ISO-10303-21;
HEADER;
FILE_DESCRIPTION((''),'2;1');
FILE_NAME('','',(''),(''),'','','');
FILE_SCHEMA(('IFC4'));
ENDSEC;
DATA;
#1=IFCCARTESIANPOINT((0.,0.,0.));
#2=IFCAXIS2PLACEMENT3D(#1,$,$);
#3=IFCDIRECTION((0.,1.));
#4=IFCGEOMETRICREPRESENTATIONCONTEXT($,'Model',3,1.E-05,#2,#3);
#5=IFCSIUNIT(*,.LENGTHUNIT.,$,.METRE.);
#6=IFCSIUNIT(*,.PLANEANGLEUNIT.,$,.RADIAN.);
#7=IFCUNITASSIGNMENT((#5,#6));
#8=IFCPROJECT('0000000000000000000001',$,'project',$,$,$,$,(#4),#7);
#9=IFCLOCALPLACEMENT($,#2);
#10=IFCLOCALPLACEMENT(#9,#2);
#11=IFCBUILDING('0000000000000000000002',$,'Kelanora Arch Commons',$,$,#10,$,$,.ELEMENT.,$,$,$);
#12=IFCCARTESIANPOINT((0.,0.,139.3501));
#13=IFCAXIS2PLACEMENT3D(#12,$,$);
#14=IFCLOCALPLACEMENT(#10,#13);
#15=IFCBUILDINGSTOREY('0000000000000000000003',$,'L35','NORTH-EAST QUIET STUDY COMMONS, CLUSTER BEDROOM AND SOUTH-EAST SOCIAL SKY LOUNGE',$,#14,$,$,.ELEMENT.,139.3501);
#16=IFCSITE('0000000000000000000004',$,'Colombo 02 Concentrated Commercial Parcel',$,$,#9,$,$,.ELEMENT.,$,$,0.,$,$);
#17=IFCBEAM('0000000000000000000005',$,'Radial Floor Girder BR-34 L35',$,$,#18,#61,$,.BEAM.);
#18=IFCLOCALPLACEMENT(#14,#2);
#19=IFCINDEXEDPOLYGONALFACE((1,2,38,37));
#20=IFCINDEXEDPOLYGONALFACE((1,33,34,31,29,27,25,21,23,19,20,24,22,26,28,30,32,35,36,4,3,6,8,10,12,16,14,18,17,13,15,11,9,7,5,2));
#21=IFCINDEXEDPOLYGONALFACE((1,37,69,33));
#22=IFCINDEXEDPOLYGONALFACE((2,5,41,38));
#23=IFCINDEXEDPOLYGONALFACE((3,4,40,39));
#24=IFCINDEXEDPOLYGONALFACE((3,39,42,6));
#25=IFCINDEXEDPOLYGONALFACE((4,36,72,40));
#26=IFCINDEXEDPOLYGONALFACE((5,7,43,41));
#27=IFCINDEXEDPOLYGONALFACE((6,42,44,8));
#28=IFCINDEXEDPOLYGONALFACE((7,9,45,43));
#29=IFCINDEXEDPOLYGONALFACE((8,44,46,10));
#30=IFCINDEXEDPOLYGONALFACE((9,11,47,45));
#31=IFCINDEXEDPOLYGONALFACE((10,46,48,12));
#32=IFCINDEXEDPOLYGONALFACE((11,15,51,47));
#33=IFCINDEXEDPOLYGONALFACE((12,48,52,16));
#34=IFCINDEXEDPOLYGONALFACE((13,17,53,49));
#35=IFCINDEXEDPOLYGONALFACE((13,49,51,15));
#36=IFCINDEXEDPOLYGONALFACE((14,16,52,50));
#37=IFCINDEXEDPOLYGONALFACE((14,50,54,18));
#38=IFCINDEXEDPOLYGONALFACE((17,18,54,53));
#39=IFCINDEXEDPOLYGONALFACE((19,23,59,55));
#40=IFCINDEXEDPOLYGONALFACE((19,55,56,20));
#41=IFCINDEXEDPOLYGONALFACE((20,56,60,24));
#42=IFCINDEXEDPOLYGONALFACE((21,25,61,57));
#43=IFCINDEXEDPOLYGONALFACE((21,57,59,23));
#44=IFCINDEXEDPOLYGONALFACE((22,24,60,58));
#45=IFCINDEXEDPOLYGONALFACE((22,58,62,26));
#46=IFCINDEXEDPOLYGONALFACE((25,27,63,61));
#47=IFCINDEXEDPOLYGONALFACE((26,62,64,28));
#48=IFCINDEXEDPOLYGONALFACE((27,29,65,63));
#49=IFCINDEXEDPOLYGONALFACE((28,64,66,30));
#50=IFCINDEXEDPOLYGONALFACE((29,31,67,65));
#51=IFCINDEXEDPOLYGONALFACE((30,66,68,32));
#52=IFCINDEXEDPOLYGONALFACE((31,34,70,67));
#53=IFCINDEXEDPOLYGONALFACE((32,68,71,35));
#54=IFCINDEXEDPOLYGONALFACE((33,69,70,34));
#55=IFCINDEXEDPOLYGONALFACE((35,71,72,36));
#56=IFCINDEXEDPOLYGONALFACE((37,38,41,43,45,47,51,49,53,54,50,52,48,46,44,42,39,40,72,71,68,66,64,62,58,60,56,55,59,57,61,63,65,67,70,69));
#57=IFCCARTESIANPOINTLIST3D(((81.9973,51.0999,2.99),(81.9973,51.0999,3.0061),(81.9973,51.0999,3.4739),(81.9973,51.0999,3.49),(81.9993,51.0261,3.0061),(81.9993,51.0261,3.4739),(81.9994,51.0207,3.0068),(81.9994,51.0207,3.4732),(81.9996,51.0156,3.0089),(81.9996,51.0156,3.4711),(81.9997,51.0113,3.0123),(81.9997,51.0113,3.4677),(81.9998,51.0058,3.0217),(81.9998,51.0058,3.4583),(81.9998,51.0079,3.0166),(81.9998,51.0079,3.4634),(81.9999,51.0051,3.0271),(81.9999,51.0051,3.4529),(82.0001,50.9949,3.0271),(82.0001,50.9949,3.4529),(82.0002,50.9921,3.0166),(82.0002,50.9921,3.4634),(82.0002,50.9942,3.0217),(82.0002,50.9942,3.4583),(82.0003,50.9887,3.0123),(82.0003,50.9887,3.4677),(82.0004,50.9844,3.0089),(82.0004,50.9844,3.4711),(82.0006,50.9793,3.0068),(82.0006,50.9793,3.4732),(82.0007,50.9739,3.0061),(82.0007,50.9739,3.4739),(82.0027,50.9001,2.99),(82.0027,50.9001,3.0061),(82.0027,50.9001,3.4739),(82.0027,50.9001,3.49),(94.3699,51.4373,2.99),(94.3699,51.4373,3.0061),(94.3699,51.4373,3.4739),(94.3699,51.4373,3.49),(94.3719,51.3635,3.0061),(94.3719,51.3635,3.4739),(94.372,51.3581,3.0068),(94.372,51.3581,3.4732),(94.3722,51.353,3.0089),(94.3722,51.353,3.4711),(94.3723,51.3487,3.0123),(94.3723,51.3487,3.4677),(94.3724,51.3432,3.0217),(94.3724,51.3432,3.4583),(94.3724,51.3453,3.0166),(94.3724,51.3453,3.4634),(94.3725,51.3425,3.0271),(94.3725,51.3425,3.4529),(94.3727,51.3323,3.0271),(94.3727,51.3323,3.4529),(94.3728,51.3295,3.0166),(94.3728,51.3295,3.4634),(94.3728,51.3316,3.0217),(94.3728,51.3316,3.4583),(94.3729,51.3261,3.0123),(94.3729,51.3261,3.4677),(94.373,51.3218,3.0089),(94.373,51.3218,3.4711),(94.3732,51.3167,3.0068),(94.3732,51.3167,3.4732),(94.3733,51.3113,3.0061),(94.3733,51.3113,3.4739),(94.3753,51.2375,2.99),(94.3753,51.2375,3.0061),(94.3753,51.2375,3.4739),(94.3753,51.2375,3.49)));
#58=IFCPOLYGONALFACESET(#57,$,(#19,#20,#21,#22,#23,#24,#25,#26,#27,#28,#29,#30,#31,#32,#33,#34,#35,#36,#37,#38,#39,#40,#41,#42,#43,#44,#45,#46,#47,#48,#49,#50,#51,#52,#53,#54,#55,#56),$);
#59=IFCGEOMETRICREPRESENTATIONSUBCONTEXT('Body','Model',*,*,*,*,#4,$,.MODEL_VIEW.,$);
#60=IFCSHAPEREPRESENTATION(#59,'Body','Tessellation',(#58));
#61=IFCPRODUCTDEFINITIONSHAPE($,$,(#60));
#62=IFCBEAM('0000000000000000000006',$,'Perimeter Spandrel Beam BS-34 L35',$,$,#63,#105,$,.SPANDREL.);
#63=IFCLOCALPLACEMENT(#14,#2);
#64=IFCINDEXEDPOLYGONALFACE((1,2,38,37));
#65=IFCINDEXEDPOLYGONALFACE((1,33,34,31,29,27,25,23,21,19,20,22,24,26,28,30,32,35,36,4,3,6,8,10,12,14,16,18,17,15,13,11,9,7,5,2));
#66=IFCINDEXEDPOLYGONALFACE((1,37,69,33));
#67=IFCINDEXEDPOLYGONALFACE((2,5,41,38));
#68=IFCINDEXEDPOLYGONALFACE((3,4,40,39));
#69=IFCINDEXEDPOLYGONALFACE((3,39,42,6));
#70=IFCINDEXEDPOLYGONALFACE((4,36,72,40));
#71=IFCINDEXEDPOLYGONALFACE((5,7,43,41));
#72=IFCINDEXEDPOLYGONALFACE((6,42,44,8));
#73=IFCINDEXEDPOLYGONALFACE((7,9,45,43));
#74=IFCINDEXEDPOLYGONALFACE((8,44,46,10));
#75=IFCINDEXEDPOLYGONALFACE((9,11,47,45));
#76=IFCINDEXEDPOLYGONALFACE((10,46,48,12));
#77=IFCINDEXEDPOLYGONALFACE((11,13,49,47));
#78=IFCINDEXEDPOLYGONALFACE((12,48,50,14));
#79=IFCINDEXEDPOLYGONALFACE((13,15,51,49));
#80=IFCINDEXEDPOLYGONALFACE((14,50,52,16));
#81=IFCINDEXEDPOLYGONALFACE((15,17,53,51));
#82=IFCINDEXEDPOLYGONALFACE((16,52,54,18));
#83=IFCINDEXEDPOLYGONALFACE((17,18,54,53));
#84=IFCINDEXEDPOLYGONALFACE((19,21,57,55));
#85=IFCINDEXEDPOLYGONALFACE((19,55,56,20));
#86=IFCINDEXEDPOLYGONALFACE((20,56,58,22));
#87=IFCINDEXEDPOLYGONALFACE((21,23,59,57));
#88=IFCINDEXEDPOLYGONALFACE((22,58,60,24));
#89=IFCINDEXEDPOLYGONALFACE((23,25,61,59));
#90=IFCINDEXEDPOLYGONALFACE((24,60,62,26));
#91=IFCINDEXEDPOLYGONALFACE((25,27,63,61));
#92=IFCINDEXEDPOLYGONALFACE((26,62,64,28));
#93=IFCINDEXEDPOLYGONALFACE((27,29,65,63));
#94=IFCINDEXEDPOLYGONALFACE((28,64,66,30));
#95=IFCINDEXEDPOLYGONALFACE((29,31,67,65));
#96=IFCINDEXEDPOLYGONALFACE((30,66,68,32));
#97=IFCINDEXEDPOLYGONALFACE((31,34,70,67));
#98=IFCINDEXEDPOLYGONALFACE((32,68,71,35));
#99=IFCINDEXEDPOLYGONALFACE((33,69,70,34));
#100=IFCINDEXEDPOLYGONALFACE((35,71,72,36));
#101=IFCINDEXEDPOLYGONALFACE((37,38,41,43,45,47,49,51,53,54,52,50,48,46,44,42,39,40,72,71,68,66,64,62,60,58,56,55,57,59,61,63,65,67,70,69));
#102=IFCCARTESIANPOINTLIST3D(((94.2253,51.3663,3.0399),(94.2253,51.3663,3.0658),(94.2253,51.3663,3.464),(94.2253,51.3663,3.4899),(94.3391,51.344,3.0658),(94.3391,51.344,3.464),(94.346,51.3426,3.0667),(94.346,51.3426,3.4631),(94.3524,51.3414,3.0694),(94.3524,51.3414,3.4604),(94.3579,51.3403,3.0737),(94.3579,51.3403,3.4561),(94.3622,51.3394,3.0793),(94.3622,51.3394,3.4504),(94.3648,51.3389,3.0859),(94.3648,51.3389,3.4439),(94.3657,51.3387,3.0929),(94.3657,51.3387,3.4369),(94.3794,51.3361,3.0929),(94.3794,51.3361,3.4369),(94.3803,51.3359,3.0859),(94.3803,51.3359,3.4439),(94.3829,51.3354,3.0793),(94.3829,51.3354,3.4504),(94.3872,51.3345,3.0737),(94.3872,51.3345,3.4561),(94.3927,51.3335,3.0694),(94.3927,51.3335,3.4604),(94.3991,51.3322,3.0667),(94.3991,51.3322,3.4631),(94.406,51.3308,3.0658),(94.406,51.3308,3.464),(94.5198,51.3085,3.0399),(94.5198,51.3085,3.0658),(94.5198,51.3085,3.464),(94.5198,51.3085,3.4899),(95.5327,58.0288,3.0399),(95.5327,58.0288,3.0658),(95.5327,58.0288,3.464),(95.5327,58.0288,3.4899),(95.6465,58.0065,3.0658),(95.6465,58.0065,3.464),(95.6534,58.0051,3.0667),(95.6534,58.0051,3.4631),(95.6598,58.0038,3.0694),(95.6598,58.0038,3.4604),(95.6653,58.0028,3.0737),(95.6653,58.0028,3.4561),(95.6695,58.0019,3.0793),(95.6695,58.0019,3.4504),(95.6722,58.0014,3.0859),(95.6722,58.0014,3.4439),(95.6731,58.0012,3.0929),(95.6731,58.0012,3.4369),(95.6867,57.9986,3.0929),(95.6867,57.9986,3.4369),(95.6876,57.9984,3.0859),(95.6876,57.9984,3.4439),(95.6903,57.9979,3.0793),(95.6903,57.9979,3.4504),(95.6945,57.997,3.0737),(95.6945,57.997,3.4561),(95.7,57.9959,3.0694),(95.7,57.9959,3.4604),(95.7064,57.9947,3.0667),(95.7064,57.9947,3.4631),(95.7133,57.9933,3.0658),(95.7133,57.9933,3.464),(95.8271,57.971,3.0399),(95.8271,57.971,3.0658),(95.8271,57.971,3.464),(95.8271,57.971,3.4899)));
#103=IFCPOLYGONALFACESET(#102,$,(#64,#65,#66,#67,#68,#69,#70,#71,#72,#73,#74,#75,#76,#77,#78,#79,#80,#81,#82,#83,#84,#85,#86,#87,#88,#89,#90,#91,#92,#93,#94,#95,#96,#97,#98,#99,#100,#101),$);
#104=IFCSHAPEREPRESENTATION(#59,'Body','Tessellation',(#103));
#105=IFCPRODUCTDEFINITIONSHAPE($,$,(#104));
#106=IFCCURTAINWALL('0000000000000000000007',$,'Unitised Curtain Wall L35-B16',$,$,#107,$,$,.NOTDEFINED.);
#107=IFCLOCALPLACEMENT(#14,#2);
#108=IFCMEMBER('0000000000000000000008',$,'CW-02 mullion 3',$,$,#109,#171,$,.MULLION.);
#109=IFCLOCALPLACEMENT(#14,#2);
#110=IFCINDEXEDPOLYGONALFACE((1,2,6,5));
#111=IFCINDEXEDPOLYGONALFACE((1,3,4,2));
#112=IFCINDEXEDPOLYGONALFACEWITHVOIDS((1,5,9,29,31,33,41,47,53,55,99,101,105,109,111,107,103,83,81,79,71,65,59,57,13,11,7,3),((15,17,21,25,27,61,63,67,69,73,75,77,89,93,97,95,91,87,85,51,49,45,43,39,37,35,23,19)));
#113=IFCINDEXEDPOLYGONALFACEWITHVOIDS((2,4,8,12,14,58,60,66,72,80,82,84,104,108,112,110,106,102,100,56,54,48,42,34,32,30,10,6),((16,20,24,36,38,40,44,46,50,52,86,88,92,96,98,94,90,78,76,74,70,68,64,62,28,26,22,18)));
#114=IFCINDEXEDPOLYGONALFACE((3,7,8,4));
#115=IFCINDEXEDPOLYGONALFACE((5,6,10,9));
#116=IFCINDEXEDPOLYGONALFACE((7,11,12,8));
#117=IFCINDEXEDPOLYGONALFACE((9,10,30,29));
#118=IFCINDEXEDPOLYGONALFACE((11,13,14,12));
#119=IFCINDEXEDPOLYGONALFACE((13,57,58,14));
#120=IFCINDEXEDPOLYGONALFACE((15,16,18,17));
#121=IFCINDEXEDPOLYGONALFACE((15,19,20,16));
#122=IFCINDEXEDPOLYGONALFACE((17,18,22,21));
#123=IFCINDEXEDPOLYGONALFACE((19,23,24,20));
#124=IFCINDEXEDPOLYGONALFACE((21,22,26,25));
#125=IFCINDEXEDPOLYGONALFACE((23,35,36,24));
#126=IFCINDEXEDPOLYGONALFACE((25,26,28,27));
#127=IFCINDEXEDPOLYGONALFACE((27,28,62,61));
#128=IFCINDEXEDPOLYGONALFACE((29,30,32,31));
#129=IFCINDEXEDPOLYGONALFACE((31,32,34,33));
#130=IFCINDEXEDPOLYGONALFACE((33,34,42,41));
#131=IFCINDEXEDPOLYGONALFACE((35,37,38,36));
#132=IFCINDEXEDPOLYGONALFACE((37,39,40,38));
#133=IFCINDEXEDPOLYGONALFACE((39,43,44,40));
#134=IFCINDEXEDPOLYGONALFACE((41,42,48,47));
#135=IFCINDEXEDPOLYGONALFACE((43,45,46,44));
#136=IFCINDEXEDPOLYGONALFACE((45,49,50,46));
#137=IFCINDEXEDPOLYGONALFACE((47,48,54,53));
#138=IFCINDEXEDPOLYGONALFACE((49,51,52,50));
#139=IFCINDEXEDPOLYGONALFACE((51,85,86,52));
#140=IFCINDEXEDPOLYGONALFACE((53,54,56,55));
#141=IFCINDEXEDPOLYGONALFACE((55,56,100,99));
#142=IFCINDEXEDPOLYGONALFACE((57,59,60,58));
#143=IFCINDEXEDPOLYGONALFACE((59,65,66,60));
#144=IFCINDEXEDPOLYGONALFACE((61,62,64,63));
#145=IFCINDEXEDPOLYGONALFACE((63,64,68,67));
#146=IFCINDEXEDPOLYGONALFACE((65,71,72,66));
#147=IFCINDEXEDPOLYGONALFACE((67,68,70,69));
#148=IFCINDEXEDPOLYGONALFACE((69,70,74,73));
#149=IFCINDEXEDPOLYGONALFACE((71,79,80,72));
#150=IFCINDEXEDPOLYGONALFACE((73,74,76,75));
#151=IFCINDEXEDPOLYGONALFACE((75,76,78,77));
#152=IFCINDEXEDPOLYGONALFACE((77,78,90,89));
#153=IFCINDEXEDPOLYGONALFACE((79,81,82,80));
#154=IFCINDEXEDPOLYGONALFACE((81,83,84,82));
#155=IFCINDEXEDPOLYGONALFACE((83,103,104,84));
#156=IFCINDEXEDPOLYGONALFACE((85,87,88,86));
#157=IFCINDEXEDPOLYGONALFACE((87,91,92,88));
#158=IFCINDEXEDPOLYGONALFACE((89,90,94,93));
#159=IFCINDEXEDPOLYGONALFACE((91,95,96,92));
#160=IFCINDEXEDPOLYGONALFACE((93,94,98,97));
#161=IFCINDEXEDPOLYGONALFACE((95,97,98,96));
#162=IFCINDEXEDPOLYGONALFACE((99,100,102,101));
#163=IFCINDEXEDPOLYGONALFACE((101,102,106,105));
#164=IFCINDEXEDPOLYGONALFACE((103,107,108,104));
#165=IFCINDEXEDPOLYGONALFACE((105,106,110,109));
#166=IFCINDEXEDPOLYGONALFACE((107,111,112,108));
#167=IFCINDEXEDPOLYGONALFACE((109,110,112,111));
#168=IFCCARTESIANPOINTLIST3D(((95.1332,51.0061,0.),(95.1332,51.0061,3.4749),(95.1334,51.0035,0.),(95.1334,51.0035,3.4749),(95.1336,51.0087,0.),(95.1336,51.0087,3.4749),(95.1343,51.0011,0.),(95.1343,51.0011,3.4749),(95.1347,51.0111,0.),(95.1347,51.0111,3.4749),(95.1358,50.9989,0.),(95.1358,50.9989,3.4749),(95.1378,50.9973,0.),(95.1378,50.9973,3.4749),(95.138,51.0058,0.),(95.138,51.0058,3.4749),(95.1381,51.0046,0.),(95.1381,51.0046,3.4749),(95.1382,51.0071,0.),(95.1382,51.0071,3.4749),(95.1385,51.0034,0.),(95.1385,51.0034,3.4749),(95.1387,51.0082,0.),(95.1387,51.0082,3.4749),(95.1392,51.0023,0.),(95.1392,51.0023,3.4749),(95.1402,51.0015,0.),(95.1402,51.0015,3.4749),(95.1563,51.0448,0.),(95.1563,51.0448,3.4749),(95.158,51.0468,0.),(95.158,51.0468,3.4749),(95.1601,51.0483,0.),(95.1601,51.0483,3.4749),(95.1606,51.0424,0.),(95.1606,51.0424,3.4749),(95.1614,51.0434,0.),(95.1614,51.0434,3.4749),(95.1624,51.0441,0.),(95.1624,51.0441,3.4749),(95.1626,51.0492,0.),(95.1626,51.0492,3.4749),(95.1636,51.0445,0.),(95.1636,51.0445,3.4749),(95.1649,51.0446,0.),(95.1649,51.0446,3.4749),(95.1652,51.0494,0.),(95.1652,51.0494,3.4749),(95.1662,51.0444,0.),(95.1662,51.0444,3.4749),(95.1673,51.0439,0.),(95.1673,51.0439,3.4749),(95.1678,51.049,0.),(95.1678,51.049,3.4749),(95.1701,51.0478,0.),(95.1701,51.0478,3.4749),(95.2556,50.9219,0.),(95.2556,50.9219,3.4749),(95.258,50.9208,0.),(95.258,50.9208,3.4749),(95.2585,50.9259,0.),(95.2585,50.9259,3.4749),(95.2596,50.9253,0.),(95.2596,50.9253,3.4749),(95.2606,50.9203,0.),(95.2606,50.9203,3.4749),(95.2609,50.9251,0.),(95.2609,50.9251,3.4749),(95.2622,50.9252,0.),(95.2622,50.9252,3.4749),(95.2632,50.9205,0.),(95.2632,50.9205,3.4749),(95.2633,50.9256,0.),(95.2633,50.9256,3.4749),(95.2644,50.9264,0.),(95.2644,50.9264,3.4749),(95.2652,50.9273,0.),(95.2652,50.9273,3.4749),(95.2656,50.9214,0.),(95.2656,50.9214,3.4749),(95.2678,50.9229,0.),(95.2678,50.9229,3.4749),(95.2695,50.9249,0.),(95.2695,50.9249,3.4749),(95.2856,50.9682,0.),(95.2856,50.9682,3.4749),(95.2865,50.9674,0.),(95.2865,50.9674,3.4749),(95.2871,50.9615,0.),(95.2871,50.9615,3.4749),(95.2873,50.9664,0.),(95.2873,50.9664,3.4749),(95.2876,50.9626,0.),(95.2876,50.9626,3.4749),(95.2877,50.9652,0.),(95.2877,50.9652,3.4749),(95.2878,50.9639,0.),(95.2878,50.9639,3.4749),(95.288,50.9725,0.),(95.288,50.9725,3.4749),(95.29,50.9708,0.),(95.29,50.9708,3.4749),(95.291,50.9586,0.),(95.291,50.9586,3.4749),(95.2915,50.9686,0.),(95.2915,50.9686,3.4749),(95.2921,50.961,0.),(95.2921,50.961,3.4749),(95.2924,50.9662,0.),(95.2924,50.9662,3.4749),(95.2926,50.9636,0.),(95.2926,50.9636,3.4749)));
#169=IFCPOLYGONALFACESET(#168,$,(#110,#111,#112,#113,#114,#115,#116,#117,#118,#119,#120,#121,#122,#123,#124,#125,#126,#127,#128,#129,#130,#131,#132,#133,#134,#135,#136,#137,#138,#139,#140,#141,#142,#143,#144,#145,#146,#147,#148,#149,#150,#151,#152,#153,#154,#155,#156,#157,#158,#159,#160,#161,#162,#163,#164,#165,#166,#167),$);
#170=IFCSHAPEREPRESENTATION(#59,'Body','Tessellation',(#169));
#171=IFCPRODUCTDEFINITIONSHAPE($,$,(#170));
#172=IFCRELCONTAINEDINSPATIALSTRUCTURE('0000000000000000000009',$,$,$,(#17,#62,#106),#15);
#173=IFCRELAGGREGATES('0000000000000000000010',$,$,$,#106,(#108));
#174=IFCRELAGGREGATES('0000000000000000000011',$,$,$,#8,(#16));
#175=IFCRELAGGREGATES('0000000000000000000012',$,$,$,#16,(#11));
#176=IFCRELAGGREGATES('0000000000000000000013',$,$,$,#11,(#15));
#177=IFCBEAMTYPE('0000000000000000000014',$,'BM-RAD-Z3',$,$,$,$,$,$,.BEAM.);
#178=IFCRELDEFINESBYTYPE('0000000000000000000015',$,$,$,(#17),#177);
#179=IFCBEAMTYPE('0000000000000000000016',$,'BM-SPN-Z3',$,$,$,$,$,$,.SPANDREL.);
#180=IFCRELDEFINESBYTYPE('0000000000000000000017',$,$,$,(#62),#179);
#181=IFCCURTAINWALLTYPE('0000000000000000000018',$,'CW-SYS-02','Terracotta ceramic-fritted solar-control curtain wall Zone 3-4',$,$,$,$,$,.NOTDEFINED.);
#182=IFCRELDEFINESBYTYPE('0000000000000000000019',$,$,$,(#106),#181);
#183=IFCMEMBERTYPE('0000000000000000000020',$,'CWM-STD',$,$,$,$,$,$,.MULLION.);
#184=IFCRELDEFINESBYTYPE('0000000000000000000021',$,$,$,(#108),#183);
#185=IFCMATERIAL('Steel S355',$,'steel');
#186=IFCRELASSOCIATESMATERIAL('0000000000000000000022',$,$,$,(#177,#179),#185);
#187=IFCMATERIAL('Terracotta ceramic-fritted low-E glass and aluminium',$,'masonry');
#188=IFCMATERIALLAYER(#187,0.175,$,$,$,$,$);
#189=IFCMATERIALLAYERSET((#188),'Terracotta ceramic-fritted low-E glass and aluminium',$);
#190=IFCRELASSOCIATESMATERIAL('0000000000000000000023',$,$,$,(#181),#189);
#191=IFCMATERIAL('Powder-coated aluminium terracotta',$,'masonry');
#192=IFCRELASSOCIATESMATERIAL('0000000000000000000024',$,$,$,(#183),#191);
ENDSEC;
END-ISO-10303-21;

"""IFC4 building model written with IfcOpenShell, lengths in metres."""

from ifc_helpers import new_model, si_unit, direction, frame, origin, origin_2d, place, context, subcontext, project, spatial, hollow_rectangle, i_section, extrude, material, layer, layer_set, material_profile, profile_set, type_object, element, aggregate, save


model = new_model("IFC4")

# Units and contexts
model_context = context("Model", 3, precision=1e-05, world=origin(), true_north=direction((0.0, 1.0)))
body_context = subcontext(model_context, "Body", "Model", "MODEL_VIEW")
ifc_project = project(units=[si_unit("LENGTHUNIT", "METRE"), si_unit("PLANEANGLEUNIT", "RADIAN")], contexts=[model_context])

# Site, building, storey
site_placement = place(None, origin())
site = spatial("IfcSite", under=ifc_project, at=site_placement, Name="Colombo 02 Concentrated Commercial Parcel", CompositionType="ELEMENT", RefElevation=0.0)
building_placement = place(site_placement, origin())
building = spatial("IfcBuilding", under=site, at=building_placement, Name="Kelanora Arch Commons", CompositionType="ELEMENT")
storey_placement = place(building_placement, frame((0.0, 0.0, 139.3501)))
storey = spatial("IfcBuildingStorey", under=building, at=storey_placement, Name="L35", Description="NORTH-EAST QUIET STUDY COMMONS, CLUSTER BEDROOM AND SOUTH-EAST SOCIAL SKY LOUNGE", CompositionType="ELEMENT", Elevation=139.3501)

# Beams
ifc_material_1 = material(Name="Steel S355", Category="steel")
ifc_material_profile_1 = material_profile(ifc_material_1, i_section(OverallWidth=0.2, OverallDepth=0.5, WebThickness=0.0103, FlangeThickness=0.0161, FilletRadius=0.021, at=origin_2d()), Name="IPE500")
ifc_profile_set_1 = profile_set([ifc_material_profile_1], Name="Steel S355")
beam_type_1 = type_object("IfcBeamType", Name="BM-RAD-Z3", PredefinedType="BEAM", material=ifc_profile_set_1)
beam_1_placement = place(storey_placement, frame((82.0, 51.0, 3.24), z_axis=(0.999628, 0.02726, 0.0), x_axis=(-0.02726, 0.999628, 0.0)))
element("IfcBeam", 1, at=beam_1_placement, inside=storey, type_object=beam_type_1, Name="Radial Floor Girder BR-34 L35", PredefinedType="BEAM", context=body_context, shape_type="SweptSolid", body=[
    extrude(i_section(OverallWidth=0.2, OverallDepth=0.5, WebThickness=0.0103, FlangeThickness=0.0161, FilletRadius=0.021, at=origin_2d()), origin(), (0.0, 0.0, 1.0), 12.3772),
])
ifc_material_profile_2 = material_profile(ifc_material_1, i_section(OverallWidth=0.3, OverallDepth=0.45, WebThickness=0.0139, FlangeThickness=0.0259, FilletRadius=0.0271, at=origin_2d()), Name="HEB450")
ifc_profile_set_2 = profile_set([ifc_material_profile_2], Name="Steel S355")
beam_type_2 = type_object("IfcBeamType", Name="BM-SPN-Z3", PredefinedType="SPANDREL", material=ifc_profile_set_2)
beam_2_placement = place(storey_placement, frame((94.3726, 51.3374, 3.2649), z_axis=(0.192554, 0.981286, 0.0), x_axis=(-0.981286, 0.192554, 0.0)))
element("IfcBeam", 2, at=beam_2_placement, inside=storey, type_object=beam_type_2, Name="Perimeter Spandrel Beam BS-34 L35", PredefinedType="SPANDREL", context=body_context, shape_type="SweptSolid", body=[
    extrude(i_section(OverallWidth=0.3, OverallDepth=0.45, WebThickness=0.0139, FlangeThickness=0.0259, FilletRadius=0.0271, at=origin_2d()), origin(), (0.0, 0.0, 1.0), 6.7896),
])

# Curtain wall, member
ifc_material_2 = material(Name="Terracotta ceramic-fritted low-E glass and aluminium", Category="masonry")
ifc_layer_1 = layer(ifc_material_2, 0.175)
ifc_layer_set_1 = layer_set([ifc_layer_1], Name="Terracotta ceramic-fritted low-E glass and aluminium")
curtain_wall_type = type_object("IfcCurtainWallType", Name="CW-SYS-02", Description="Terracotta ceramic-fritted solar-control curtain wall Zone 3-4", PredefinedType="NOTDEFINED", material=ifc_layer_set_1)
curtain_wall_placement = place(storey_placement, origin())
curtain_wall = element("IfcCurtainWall", 3, at=curtain_wall_placement, inside=storey, type_object=curtain_wall_type, Name="Unitised Curtain Wall L35-B16", PredefinedType="NOTDEFINED")
ifc_material_3 = material(Name="Powder-coated aluminium terracotta", Category="masonry")
ifc_material_profile_3 = material_profile(ifc_material_3, hollow_rectangle(XDim=0.1599, YDim=0.0601, WallThickness=0.0049, InnerFilletRadius=0.0049, OuterFilletRadius=0.01, at=origin_2d()), Name="CWM160x60")
ifc_profile_set_3 = profile_set([ifc_material_profile_3], Name="Powder-coated aluminium terracotta")
member_type_1 = type_object("IfcMemberType", Name="CWM-STD", PredefinedType="MULLION", material=ifc_profile_set_3)
member_1_placement = place(storey_placement, frame((95.2129, 50.9849, 0.0), z_axis=(0.0, 0.0, 1.0), x_axis=(-0.842423, 0.538817, 0.0)))
member_1 = element("IfcMember", 4, at=member_1_placement, type_object=member_type_1, Name="CW-02 mullion 3", PredefinedType="MULLION", context=body_context, shape_type="SweptSolid", body=[
    extrude(hollow_rectangle(XDim=0.1599, YDim=0.0601, WallThickness=0.0049, InnerFilletRadius=0.0049, OuterFilletRadius=0.01, at=origin_2d()), origin(), (0.0, 0.0, 1.0), 3.4749),
])
aggregate(curtain_wall, [member_1])

save(model, "model.ifc")
